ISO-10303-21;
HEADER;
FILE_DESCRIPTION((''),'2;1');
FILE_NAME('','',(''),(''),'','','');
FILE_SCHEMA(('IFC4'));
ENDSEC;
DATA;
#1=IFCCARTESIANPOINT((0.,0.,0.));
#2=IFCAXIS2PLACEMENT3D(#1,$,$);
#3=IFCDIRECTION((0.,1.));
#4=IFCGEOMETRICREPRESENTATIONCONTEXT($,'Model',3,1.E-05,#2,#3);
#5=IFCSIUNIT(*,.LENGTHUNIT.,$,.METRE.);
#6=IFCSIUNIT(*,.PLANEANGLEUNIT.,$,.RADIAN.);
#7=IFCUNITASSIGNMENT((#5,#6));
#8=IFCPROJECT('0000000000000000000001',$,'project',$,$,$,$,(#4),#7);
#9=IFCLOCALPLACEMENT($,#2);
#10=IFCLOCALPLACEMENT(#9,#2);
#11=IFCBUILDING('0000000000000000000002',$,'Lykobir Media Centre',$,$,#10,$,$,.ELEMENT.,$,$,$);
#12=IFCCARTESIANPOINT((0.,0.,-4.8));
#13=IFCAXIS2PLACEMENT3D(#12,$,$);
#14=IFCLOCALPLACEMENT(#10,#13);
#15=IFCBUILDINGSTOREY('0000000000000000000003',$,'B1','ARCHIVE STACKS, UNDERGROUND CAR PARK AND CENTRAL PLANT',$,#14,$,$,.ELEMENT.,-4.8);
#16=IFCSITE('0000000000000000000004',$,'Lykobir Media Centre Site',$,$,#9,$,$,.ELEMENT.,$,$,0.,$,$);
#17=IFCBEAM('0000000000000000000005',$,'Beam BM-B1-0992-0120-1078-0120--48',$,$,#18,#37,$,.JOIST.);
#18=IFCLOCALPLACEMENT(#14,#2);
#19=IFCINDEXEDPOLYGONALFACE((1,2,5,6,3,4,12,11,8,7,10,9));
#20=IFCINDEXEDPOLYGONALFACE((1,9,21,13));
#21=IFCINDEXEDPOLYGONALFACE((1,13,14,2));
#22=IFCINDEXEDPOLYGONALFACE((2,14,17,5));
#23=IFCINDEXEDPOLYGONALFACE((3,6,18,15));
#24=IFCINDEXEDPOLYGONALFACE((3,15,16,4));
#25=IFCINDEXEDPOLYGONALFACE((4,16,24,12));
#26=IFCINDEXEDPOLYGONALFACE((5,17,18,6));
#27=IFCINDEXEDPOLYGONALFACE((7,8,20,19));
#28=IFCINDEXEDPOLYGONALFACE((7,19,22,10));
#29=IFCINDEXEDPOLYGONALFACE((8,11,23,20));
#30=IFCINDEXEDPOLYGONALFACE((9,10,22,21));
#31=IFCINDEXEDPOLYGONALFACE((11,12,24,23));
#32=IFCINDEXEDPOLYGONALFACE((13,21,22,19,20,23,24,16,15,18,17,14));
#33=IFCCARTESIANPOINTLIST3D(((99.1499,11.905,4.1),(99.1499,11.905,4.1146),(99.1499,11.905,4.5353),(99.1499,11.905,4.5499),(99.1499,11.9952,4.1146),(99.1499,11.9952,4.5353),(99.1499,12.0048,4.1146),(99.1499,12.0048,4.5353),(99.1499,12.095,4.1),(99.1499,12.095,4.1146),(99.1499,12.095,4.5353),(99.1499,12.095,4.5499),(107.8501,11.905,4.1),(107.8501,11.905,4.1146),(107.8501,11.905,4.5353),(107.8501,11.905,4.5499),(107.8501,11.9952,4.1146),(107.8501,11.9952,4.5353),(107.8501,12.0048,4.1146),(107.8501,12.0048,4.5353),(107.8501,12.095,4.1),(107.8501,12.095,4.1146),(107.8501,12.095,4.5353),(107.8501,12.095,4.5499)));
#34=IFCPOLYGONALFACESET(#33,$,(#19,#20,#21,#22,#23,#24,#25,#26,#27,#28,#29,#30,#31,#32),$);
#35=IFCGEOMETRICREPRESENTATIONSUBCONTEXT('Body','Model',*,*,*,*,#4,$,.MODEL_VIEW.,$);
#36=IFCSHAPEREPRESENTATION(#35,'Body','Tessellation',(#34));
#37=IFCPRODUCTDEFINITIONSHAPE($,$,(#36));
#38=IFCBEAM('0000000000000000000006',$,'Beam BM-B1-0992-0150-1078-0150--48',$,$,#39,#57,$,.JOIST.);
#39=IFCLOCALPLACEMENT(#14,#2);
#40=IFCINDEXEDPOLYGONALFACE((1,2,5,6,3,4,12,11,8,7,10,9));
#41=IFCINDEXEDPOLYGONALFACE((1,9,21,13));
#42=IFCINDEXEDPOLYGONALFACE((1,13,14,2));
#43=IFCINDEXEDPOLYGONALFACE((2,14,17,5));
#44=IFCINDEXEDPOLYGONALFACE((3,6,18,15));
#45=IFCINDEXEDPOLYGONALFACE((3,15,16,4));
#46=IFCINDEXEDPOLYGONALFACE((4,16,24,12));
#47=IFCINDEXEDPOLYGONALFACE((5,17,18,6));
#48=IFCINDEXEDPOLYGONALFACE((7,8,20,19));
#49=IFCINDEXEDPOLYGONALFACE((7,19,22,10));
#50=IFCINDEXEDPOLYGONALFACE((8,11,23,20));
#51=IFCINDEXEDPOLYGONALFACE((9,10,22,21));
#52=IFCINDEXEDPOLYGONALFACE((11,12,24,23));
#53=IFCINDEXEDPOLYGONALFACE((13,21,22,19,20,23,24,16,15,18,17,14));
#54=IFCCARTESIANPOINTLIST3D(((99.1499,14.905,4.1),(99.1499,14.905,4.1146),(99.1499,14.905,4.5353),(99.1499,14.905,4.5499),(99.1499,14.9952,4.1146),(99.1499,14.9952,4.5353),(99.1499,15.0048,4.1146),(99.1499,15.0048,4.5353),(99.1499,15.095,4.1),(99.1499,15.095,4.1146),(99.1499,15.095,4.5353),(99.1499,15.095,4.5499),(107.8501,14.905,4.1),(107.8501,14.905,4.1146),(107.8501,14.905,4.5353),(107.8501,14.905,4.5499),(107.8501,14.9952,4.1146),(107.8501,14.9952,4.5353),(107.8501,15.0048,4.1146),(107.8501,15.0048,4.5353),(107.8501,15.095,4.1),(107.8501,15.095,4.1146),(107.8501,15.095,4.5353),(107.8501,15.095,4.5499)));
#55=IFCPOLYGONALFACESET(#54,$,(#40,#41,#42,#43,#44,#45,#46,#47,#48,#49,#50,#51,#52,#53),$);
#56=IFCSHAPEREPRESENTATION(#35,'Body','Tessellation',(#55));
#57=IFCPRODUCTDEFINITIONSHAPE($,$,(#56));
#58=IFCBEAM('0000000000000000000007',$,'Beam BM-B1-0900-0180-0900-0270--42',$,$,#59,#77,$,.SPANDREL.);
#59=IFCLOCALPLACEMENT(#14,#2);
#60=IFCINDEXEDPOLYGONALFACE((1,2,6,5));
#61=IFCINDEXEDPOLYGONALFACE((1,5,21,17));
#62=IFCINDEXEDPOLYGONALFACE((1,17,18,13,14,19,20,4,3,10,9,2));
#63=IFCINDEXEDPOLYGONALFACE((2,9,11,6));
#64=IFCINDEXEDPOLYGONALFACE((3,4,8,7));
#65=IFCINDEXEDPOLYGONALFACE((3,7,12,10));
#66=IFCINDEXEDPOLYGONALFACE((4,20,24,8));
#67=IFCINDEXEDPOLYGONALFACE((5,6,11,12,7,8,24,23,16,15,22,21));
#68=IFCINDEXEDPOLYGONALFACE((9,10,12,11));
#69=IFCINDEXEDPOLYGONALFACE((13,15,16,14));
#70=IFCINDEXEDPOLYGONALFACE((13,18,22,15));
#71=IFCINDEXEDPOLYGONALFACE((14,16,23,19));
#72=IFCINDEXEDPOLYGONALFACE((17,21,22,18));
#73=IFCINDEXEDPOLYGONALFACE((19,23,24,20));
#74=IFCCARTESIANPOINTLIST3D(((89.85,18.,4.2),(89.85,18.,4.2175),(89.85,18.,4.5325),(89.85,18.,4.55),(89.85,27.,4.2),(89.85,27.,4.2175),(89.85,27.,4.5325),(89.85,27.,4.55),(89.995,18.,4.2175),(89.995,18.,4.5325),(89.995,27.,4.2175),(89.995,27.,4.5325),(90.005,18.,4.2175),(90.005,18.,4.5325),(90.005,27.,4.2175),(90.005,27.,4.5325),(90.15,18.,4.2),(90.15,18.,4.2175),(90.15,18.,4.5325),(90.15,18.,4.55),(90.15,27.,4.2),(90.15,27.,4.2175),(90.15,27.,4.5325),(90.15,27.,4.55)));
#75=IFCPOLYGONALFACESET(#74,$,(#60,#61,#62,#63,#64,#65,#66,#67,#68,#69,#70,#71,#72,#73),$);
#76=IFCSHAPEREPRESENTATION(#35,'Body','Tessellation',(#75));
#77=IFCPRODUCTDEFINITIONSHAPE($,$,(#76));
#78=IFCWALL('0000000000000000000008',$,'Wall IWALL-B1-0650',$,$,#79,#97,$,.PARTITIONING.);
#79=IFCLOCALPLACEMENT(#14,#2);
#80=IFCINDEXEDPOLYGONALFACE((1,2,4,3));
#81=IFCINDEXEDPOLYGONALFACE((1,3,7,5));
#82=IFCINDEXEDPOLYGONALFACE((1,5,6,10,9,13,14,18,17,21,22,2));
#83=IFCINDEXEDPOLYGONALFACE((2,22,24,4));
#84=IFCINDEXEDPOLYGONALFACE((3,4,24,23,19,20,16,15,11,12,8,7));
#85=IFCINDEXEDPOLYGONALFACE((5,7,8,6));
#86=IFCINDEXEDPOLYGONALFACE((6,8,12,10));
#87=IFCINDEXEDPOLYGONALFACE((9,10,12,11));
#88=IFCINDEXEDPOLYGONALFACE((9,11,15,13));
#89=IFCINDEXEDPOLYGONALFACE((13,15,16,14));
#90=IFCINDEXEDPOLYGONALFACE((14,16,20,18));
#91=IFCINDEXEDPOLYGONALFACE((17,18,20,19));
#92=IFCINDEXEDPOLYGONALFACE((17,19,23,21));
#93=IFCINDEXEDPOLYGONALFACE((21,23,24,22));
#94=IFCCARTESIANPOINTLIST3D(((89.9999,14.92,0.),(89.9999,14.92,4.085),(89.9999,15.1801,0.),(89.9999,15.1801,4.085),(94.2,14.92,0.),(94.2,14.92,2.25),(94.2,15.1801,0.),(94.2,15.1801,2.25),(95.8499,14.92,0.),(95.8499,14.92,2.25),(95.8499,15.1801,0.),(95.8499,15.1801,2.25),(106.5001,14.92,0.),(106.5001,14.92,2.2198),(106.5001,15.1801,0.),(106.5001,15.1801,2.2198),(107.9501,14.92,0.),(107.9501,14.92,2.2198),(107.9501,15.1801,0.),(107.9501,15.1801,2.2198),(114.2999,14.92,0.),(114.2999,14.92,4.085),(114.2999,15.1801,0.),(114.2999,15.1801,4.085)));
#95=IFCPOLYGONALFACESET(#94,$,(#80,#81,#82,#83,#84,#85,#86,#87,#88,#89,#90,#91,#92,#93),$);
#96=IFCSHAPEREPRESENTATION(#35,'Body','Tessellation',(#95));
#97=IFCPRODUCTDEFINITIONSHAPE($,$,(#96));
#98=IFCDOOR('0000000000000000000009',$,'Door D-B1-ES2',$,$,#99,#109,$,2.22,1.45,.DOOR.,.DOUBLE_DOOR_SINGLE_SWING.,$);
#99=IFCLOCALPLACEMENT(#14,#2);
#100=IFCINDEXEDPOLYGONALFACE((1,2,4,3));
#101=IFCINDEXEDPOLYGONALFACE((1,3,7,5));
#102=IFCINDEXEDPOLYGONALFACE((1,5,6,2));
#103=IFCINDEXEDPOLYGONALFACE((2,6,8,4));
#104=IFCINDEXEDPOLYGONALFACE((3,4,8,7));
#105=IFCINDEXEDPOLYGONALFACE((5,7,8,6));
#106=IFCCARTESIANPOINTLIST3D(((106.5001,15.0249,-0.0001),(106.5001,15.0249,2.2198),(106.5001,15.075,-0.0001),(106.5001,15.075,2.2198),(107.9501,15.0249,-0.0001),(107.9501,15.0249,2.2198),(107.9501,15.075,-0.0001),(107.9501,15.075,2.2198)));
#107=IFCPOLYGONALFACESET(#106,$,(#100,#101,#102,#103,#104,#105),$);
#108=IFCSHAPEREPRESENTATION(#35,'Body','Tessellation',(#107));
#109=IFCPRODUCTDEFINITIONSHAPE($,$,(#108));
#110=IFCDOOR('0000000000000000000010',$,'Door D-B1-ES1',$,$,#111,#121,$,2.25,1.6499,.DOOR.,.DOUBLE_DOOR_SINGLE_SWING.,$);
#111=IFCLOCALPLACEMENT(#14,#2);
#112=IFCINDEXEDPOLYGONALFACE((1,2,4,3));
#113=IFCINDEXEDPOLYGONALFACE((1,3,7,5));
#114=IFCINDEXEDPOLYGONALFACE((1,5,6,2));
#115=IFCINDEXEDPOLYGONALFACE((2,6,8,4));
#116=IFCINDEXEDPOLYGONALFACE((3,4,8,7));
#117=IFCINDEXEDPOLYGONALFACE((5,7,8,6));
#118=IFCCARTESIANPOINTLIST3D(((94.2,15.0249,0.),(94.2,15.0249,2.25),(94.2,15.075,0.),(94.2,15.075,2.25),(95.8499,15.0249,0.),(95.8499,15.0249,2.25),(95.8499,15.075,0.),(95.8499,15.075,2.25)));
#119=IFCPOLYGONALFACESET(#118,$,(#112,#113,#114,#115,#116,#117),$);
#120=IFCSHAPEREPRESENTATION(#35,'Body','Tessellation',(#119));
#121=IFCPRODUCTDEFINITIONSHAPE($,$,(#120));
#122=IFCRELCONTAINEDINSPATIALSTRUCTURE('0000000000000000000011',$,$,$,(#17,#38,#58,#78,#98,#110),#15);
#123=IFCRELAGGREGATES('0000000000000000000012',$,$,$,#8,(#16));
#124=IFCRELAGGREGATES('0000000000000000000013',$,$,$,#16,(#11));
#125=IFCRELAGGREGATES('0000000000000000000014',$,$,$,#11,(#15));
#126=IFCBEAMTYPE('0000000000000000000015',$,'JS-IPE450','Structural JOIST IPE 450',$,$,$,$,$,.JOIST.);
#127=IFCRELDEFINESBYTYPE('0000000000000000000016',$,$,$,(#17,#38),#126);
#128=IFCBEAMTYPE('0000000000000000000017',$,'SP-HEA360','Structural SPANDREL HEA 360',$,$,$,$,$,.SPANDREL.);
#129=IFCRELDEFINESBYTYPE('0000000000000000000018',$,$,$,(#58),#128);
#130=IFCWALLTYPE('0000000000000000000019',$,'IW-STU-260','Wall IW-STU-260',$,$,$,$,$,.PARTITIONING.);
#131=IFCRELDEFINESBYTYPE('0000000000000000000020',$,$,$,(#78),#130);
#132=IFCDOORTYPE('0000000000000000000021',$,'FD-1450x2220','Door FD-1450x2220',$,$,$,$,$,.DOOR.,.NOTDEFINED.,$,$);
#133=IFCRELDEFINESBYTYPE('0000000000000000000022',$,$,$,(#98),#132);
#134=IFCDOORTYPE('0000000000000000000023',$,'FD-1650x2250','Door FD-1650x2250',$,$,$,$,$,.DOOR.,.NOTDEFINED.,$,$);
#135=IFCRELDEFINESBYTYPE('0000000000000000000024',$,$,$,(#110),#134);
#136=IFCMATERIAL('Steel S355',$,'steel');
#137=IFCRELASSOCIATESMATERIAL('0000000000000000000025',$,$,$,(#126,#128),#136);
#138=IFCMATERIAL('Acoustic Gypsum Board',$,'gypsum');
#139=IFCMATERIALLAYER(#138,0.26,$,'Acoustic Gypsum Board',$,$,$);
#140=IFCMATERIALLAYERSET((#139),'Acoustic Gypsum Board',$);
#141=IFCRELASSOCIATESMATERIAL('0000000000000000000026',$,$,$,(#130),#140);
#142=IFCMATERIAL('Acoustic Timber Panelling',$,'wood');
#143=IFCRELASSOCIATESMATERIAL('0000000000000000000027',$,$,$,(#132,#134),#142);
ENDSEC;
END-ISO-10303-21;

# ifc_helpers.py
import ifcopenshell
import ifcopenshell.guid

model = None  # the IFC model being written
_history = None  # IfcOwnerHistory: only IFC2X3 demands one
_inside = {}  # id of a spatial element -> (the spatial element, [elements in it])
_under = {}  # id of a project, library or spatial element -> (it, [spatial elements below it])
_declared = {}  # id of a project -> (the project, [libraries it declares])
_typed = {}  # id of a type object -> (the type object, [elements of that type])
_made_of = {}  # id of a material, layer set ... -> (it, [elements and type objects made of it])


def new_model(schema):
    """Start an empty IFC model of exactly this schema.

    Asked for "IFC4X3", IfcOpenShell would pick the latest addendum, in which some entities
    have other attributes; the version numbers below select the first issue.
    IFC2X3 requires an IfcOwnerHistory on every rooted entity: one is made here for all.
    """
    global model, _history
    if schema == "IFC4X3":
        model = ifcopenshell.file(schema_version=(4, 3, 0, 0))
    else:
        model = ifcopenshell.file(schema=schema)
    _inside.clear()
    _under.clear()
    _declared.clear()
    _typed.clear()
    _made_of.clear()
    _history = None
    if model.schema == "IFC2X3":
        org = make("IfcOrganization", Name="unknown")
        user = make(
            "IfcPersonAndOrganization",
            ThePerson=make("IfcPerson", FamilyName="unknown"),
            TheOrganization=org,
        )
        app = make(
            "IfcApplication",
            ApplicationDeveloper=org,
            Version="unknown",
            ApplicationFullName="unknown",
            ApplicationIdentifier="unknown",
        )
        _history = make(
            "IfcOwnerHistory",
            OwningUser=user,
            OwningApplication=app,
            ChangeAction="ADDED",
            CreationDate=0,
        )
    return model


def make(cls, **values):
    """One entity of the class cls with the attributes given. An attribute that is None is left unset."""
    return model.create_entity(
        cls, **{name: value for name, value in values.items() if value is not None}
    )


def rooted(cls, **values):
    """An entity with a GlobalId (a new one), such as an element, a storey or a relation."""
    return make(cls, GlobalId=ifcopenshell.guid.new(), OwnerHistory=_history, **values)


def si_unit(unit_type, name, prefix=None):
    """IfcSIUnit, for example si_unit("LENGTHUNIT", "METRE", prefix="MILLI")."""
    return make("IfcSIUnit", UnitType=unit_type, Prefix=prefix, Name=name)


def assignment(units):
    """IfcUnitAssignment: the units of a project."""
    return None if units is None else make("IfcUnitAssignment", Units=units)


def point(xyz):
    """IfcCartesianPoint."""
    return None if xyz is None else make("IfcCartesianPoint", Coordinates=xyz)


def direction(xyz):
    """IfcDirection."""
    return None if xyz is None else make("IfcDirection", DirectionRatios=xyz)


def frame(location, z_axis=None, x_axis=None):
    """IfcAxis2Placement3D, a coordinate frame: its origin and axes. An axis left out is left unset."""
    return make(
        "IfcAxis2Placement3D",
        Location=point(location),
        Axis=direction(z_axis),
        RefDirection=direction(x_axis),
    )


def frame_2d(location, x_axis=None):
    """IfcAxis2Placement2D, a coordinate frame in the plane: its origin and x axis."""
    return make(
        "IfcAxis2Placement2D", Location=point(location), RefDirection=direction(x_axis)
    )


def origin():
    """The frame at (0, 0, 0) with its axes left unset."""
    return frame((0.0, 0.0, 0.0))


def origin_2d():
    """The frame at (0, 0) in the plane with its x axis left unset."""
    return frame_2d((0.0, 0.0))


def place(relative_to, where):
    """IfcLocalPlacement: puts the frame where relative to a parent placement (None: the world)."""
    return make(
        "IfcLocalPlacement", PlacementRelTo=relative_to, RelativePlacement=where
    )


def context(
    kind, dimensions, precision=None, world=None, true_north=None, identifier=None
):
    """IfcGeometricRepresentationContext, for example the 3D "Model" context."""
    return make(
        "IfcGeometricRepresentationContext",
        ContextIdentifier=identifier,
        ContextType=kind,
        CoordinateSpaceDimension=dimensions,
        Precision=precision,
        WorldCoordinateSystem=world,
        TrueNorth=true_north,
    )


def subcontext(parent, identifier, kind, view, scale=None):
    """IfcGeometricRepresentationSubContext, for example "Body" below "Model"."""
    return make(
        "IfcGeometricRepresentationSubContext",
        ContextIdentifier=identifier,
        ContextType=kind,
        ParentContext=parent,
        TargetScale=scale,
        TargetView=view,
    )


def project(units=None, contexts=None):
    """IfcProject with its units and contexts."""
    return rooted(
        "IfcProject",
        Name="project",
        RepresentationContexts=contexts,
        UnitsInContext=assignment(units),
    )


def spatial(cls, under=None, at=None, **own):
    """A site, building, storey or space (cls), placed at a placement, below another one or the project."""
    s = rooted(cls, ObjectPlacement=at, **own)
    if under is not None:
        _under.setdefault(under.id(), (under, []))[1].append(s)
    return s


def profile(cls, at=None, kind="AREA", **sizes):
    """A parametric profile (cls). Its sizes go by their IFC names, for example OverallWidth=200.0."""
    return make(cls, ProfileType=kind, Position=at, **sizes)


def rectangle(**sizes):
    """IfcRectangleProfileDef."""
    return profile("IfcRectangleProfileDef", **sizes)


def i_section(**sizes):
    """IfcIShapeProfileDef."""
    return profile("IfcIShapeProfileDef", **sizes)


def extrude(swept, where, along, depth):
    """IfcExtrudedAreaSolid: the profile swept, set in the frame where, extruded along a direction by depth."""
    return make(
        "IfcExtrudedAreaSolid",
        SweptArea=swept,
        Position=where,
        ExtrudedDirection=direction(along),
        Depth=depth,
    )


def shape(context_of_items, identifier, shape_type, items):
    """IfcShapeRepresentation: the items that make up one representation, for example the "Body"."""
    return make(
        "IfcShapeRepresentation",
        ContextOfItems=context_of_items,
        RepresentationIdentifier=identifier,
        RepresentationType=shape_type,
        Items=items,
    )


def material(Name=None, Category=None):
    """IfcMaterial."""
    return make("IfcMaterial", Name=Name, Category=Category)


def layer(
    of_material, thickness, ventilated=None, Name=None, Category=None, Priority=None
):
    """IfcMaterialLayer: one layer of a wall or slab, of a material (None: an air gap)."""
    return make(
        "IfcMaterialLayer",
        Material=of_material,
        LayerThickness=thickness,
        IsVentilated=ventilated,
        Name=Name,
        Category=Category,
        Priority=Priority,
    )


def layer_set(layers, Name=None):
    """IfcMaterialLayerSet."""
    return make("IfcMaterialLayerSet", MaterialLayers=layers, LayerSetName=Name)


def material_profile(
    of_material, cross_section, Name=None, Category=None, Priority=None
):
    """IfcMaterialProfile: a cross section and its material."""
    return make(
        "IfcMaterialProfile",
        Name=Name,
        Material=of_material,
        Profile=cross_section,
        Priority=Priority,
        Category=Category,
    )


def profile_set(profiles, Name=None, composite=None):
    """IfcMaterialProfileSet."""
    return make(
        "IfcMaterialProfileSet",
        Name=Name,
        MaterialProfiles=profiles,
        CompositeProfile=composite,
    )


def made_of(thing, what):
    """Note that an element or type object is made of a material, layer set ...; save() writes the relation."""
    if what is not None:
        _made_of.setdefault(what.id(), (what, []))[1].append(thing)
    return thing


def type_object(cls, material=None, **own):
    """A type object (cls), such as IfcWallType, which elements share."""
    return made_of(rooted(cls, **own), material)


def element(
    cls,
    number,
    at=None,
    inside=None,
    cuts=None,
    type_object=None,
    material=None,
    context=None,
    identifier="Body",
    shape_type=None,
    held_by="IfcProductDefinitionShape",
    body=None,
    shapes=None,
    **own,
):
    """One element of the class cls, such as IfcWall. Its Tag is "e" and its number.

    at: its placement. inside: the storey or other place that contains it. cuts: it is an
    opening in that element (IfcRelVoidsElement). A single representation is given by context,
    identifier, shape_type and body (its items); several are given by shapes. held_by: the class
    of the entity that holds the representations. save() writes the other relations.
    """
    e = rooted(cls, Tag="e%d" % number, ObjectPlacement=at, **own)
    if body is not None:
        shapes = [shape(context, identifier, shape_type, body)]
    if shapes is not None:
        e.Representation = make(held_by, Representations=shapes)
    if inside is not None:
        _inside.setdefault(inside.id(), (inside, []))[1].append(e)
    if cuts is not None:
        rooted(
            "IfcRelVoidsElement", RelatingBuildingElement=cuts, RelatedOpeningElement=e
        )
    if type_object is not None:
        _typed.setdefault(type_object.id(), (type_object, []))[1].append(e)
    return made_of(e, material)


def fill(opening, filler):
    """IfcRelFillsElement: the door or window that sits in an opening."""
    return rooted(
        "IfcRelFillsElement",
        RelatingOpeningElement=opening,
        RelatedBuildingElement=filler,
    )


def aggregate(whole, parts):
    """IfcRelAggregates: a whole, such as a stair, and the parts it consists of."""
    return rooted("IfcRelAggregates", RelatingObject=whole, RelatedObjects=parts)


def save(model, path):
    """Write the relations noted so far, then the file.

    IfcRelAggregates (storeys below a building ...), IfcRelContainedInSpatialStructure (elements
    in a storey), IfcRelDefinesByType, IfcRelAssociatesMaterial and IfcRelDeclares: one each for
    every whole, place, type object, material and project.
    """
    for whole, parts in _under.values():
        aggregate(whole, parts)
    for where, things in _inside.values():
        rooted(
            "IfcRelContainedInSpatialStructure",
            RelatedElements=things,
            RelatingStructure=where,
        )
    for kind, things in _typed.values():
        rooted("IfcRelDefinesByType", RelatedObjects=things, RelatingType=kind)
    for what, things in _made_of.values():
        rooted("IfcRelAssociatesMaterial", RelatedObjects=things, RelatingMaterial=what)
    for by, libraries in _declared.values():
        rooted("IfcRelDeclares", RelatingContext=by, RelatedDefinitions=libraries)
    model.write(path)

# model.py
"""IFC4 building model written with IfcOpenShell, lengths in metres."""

from ifc_helpers import new_model, si_unit, direction, frame, frame_2d, origin, origin_2d, place, context, subcontext, project, spatial, rectangle, i_section, extrude, material, layer, layer_set, material_profile, profile_set, type_object, element, fill, save


model = new_model("IFC4")

# Units and contexts
model_context = context("Model", 3, precision=1e-05, world=origin(), true_north=direction((0.0, 1.0)))
body_context = subcontext(model_context, "Body", "Model", "MODEL_VIEW")
ifc_project = project(units=[si_unit("LENGTHUNIT", "METRE"), si_unit("PLANEANGLEUNIT", "RADIAN")], contexts=[model_context])

# Site, building, storey
site_placement = place(None, origin())
site = spatial("IfcSite", under=ifc_project, at=site_placement, Name="Lykobir Media Centre Site", CompositionType="ELEMENT", RefElevation=0.0)
building_placement = place(site_placement, origin())
building = spatial("IfcBuilding", under=site, at=building_placement, Name="Lykobir Media Centre", CompositionType="ELEMENT")
storey_placement = place(building_placement, frame((0.0, 0.0, -4.8)))
storey = spatial("IfcBuildingStorey", under=building, at=storey_placement, Name="B1", Description="ARCHIVE STACKS, UNDERGROUND CAR PARK AND CENTRAL PLANT", CompositionType="ELEMENT", Elevation=-4.8)

# Beams
ifc_material_1 = material(Name="Steel S355", Category="steel")
ifc_material_profile_1 = material_profile(ifc_material_1, i_section(OverallWidth=0.1899, OverallDepth=0.45, WebThickness=0.0095, FlangeThickness=0.0146, at=origin_2d()), Name="IPE 450")
ifc_profile_set_1 = profile_set([ifc_material_profile_1], Name="Steel S355")
beam_type_1 = type_object("IfcBeamType", Name="JS-IPE450", Description="Structural JOIST IPE 450", PredefinedType="JOIST", material=ifc_profile_set_1)
for number, where, z_axis, x_axis, name in (
    (1, (99.1499, 12.0, 4.325), (1.0, 0.0, 0.0), (0.0, 1.0, 0.0), "Beam BM-B1-0992-0120-1078-0120--48"),
    (2, (99.1499, 15.0, 4.325), (1.0, 0.0, 0.0), (0.0, 1.0, 0.0), "Beam BM-B1-0992-0150-1078-0150--48"),
):
    element("IfcBeam", number, at=place(storey_placement, frame(where, z_axis=z_axis, x_axis=x_axis)), inside=storey, type_object=beam_type_1, Name=name, PredefinedType="JOIST", context=body_context, shape_type="SweptSolid", body=[
        extrude(i_section(OverallWidth=0.1899, OverallDepth=0.45, WebThickness=0.0095, FlangeThickness=0.0146, at=origin_2d()), origin(), (0.0, 0.0, 1.0), 8.7002),
    ])
ifc_material_profile_2 = material_profile(ifc_material_1, i_section(OverallWidth=0.3, OverallDepth=0.3501, WebThickness=0.01, FlangeThickness=0.0176, at=origin_2d()), Name="HEA 360")
ifc_profile_set_2 = profile_set([ifc_material_profile_2], Name="Steel S355")
beam_type_2 = type_object("IfcBeamType", Name="SP-HEA360", Description="Structural SPANDREL HEA 360", PredefinedType="SPANDREL", material=ifc_profile_set_2)
beam_1_placement = place(storey_placement, frame((90.0, 18.0, 4.375), z_axis=(0.0, 1.0, 0.0), x_axis=(-1.0, 0.0, 0.0)))
element("IfcBeam", 3, at=beam_1_placement, inside=storey, type_object=beam_type_2, Name="Beam BM-B1-0900-0180-0900-0270--42", PredefinedType="SPANDREL", context=body_context, shape_type="SweptSolid", body=[
    extrude(i_section(OverallWidth=0.3, OverallDepth=0.3501, WebThickness=0.01, FlangeThickness=0.0176, at=origin_2d()), origin(), (0.0, 0.0, 1.0), 9.0),
])

# Wall, openings, doors
ifc_material_2 = material(Name="Acoustic Gypsum Board", Category="gypsum")
ifc_layer = layer(ifc_material_2, 0.26, Name="Acoustic Gypsum Board")
ifc_layer_set = layer_set([ifc_layer], Name="Acoustic Gypsum Board")
wall_type = type_object("IfcWallType", Name="IW-STU-260", Description="Wall IW-STU-260", PredefinedType="PARTITIONING", material=ifc_layer_set)
wall_placement = place(storey_placement, frame((90.0, 15.05, 0.0), z_axis=(0.0, 0.0, 1.0), x_axis=(1.0, 0.0, 0.0)))
wall = element("IfcWall", 4, at=wall_placement, inside=storey, type_object=wall_type, Name="Wall IWALL-B1-0650", PredefinedType="PARTITIONING", context=body_context, shape_type="SweptSolid", body=[
    extrude(rectangle(XDim=24.3, YDim=0.26, at=frame_2d((12.1499, 0.0))), origin(), (0.0, 0.0, 1.0), 4.085),
])
opening_1_placement = place(wall_placement, frame((4.2, 0.0, 0.0)))
opening_1 = element("IfcOpeningElement", 5, at=opening_1_placement, cuts=wall, PredefinedType="OPENING", context=body_context, shape_type="SweptSolid", body=[
    extrude(rectangle(XDim=1.6499, YDim=2.25, at=frame_2d((0.825, 1.125))), frame((0.0, 0.1399, 0.0), z_axis=(0.0, -1.0, 0.0), x_axis=(1.0, 0.0, 0.0)), (0.0, 0.0, 1.0), 0.28),
])
opening_2_placement = place(wall_placement, frame((16.5, 0.0, 0.0)))
opening_2 = element("IfcOpeningElement", 6, at=opening_2_placement, cuts=wall, PredefinedType="OPENING", context=body_context, shape_type="SweptSolid", body=[
    extrude(rectangle(XDim=1.45, YDim=2.22, at=frame_2d((0.7251, 1.1099))), frame((0.0, 0.1399, 0.0), z_axis=(0.0, -1.0, 0.0), x_axis=(1.0, 0.0, 0.0)), (0.0, 0.0, 1.0), 0.28),
])
ifc_material_3 = material(Name="Acoustic Timber Panelling", Category="wood")
door_type_1 = type_object("IfcDoorType", Name="FD-1450x2220", Description="Door FD-1450x2220", OperationType="NOTDEFINED", PredefinedType="DOOR", material=ifc_material_3)
door_1_placement = place(opening_2_placement, origin())
door_1 = element("IfcDoor", 7, at=door_1_placement, inside=storey, type_object=door_type_1, Name="Door D-B1-ES2", OperationType="DOUBLE_DOOR_SINGLE_SWING", OverallHeight=2.22, OverallWidth=1.45, PredefinedType="DOOR", context=body_context, shape_type="SweptSolid", body=[
    extrude(rectangle(XDim=1.45, YDim=2.22, at=frame_2d((0.7251, 1.1099))), frame((0.0, 0.0249, 0.0), z_axis=(0.0, -1.0, 0.0), x_axis=(1.0, 0.0, 0.0)), (0.0, 0.0, 1.0), 0.05),
])
fill(opening_2, door_1)
door_type_2 = type_object("IfcDoorType", Name="FD-1650x2250", Description="Door FD-1650x2250", OperationType="NOTDEFINED", PredefinedType="DOOR", material=ifc_material_3)
door_2_placement = place(opening_1_placement, origin())
door_2 = element("IfcDoor", 8, at=door_2_placement, inside=storey, type_object=door_type_2, Name="Door D-B1-ES1", OperationType="DOUBLE_DOOR_SINGLE_SWING", OverallHeight=2.25, OverallWidth=1.6499, PredefinedType="DOOR", context=body_context, shape_type="SweptSolid", body=[
    extrude(rectangle(XDim=1.6499, YDim=2.25, at=frame_2d((0.825, 1.125))), frame((0.0, 0.0249, 0.0), z_axis=(0.0, -1.0, 0.0), x_axis=(1.0, 0.0, 0.0)), (0.0, 0.0, 1.0), 0.05),
])
fill(opening_1, door_2)

save(model, "model.ifc")
